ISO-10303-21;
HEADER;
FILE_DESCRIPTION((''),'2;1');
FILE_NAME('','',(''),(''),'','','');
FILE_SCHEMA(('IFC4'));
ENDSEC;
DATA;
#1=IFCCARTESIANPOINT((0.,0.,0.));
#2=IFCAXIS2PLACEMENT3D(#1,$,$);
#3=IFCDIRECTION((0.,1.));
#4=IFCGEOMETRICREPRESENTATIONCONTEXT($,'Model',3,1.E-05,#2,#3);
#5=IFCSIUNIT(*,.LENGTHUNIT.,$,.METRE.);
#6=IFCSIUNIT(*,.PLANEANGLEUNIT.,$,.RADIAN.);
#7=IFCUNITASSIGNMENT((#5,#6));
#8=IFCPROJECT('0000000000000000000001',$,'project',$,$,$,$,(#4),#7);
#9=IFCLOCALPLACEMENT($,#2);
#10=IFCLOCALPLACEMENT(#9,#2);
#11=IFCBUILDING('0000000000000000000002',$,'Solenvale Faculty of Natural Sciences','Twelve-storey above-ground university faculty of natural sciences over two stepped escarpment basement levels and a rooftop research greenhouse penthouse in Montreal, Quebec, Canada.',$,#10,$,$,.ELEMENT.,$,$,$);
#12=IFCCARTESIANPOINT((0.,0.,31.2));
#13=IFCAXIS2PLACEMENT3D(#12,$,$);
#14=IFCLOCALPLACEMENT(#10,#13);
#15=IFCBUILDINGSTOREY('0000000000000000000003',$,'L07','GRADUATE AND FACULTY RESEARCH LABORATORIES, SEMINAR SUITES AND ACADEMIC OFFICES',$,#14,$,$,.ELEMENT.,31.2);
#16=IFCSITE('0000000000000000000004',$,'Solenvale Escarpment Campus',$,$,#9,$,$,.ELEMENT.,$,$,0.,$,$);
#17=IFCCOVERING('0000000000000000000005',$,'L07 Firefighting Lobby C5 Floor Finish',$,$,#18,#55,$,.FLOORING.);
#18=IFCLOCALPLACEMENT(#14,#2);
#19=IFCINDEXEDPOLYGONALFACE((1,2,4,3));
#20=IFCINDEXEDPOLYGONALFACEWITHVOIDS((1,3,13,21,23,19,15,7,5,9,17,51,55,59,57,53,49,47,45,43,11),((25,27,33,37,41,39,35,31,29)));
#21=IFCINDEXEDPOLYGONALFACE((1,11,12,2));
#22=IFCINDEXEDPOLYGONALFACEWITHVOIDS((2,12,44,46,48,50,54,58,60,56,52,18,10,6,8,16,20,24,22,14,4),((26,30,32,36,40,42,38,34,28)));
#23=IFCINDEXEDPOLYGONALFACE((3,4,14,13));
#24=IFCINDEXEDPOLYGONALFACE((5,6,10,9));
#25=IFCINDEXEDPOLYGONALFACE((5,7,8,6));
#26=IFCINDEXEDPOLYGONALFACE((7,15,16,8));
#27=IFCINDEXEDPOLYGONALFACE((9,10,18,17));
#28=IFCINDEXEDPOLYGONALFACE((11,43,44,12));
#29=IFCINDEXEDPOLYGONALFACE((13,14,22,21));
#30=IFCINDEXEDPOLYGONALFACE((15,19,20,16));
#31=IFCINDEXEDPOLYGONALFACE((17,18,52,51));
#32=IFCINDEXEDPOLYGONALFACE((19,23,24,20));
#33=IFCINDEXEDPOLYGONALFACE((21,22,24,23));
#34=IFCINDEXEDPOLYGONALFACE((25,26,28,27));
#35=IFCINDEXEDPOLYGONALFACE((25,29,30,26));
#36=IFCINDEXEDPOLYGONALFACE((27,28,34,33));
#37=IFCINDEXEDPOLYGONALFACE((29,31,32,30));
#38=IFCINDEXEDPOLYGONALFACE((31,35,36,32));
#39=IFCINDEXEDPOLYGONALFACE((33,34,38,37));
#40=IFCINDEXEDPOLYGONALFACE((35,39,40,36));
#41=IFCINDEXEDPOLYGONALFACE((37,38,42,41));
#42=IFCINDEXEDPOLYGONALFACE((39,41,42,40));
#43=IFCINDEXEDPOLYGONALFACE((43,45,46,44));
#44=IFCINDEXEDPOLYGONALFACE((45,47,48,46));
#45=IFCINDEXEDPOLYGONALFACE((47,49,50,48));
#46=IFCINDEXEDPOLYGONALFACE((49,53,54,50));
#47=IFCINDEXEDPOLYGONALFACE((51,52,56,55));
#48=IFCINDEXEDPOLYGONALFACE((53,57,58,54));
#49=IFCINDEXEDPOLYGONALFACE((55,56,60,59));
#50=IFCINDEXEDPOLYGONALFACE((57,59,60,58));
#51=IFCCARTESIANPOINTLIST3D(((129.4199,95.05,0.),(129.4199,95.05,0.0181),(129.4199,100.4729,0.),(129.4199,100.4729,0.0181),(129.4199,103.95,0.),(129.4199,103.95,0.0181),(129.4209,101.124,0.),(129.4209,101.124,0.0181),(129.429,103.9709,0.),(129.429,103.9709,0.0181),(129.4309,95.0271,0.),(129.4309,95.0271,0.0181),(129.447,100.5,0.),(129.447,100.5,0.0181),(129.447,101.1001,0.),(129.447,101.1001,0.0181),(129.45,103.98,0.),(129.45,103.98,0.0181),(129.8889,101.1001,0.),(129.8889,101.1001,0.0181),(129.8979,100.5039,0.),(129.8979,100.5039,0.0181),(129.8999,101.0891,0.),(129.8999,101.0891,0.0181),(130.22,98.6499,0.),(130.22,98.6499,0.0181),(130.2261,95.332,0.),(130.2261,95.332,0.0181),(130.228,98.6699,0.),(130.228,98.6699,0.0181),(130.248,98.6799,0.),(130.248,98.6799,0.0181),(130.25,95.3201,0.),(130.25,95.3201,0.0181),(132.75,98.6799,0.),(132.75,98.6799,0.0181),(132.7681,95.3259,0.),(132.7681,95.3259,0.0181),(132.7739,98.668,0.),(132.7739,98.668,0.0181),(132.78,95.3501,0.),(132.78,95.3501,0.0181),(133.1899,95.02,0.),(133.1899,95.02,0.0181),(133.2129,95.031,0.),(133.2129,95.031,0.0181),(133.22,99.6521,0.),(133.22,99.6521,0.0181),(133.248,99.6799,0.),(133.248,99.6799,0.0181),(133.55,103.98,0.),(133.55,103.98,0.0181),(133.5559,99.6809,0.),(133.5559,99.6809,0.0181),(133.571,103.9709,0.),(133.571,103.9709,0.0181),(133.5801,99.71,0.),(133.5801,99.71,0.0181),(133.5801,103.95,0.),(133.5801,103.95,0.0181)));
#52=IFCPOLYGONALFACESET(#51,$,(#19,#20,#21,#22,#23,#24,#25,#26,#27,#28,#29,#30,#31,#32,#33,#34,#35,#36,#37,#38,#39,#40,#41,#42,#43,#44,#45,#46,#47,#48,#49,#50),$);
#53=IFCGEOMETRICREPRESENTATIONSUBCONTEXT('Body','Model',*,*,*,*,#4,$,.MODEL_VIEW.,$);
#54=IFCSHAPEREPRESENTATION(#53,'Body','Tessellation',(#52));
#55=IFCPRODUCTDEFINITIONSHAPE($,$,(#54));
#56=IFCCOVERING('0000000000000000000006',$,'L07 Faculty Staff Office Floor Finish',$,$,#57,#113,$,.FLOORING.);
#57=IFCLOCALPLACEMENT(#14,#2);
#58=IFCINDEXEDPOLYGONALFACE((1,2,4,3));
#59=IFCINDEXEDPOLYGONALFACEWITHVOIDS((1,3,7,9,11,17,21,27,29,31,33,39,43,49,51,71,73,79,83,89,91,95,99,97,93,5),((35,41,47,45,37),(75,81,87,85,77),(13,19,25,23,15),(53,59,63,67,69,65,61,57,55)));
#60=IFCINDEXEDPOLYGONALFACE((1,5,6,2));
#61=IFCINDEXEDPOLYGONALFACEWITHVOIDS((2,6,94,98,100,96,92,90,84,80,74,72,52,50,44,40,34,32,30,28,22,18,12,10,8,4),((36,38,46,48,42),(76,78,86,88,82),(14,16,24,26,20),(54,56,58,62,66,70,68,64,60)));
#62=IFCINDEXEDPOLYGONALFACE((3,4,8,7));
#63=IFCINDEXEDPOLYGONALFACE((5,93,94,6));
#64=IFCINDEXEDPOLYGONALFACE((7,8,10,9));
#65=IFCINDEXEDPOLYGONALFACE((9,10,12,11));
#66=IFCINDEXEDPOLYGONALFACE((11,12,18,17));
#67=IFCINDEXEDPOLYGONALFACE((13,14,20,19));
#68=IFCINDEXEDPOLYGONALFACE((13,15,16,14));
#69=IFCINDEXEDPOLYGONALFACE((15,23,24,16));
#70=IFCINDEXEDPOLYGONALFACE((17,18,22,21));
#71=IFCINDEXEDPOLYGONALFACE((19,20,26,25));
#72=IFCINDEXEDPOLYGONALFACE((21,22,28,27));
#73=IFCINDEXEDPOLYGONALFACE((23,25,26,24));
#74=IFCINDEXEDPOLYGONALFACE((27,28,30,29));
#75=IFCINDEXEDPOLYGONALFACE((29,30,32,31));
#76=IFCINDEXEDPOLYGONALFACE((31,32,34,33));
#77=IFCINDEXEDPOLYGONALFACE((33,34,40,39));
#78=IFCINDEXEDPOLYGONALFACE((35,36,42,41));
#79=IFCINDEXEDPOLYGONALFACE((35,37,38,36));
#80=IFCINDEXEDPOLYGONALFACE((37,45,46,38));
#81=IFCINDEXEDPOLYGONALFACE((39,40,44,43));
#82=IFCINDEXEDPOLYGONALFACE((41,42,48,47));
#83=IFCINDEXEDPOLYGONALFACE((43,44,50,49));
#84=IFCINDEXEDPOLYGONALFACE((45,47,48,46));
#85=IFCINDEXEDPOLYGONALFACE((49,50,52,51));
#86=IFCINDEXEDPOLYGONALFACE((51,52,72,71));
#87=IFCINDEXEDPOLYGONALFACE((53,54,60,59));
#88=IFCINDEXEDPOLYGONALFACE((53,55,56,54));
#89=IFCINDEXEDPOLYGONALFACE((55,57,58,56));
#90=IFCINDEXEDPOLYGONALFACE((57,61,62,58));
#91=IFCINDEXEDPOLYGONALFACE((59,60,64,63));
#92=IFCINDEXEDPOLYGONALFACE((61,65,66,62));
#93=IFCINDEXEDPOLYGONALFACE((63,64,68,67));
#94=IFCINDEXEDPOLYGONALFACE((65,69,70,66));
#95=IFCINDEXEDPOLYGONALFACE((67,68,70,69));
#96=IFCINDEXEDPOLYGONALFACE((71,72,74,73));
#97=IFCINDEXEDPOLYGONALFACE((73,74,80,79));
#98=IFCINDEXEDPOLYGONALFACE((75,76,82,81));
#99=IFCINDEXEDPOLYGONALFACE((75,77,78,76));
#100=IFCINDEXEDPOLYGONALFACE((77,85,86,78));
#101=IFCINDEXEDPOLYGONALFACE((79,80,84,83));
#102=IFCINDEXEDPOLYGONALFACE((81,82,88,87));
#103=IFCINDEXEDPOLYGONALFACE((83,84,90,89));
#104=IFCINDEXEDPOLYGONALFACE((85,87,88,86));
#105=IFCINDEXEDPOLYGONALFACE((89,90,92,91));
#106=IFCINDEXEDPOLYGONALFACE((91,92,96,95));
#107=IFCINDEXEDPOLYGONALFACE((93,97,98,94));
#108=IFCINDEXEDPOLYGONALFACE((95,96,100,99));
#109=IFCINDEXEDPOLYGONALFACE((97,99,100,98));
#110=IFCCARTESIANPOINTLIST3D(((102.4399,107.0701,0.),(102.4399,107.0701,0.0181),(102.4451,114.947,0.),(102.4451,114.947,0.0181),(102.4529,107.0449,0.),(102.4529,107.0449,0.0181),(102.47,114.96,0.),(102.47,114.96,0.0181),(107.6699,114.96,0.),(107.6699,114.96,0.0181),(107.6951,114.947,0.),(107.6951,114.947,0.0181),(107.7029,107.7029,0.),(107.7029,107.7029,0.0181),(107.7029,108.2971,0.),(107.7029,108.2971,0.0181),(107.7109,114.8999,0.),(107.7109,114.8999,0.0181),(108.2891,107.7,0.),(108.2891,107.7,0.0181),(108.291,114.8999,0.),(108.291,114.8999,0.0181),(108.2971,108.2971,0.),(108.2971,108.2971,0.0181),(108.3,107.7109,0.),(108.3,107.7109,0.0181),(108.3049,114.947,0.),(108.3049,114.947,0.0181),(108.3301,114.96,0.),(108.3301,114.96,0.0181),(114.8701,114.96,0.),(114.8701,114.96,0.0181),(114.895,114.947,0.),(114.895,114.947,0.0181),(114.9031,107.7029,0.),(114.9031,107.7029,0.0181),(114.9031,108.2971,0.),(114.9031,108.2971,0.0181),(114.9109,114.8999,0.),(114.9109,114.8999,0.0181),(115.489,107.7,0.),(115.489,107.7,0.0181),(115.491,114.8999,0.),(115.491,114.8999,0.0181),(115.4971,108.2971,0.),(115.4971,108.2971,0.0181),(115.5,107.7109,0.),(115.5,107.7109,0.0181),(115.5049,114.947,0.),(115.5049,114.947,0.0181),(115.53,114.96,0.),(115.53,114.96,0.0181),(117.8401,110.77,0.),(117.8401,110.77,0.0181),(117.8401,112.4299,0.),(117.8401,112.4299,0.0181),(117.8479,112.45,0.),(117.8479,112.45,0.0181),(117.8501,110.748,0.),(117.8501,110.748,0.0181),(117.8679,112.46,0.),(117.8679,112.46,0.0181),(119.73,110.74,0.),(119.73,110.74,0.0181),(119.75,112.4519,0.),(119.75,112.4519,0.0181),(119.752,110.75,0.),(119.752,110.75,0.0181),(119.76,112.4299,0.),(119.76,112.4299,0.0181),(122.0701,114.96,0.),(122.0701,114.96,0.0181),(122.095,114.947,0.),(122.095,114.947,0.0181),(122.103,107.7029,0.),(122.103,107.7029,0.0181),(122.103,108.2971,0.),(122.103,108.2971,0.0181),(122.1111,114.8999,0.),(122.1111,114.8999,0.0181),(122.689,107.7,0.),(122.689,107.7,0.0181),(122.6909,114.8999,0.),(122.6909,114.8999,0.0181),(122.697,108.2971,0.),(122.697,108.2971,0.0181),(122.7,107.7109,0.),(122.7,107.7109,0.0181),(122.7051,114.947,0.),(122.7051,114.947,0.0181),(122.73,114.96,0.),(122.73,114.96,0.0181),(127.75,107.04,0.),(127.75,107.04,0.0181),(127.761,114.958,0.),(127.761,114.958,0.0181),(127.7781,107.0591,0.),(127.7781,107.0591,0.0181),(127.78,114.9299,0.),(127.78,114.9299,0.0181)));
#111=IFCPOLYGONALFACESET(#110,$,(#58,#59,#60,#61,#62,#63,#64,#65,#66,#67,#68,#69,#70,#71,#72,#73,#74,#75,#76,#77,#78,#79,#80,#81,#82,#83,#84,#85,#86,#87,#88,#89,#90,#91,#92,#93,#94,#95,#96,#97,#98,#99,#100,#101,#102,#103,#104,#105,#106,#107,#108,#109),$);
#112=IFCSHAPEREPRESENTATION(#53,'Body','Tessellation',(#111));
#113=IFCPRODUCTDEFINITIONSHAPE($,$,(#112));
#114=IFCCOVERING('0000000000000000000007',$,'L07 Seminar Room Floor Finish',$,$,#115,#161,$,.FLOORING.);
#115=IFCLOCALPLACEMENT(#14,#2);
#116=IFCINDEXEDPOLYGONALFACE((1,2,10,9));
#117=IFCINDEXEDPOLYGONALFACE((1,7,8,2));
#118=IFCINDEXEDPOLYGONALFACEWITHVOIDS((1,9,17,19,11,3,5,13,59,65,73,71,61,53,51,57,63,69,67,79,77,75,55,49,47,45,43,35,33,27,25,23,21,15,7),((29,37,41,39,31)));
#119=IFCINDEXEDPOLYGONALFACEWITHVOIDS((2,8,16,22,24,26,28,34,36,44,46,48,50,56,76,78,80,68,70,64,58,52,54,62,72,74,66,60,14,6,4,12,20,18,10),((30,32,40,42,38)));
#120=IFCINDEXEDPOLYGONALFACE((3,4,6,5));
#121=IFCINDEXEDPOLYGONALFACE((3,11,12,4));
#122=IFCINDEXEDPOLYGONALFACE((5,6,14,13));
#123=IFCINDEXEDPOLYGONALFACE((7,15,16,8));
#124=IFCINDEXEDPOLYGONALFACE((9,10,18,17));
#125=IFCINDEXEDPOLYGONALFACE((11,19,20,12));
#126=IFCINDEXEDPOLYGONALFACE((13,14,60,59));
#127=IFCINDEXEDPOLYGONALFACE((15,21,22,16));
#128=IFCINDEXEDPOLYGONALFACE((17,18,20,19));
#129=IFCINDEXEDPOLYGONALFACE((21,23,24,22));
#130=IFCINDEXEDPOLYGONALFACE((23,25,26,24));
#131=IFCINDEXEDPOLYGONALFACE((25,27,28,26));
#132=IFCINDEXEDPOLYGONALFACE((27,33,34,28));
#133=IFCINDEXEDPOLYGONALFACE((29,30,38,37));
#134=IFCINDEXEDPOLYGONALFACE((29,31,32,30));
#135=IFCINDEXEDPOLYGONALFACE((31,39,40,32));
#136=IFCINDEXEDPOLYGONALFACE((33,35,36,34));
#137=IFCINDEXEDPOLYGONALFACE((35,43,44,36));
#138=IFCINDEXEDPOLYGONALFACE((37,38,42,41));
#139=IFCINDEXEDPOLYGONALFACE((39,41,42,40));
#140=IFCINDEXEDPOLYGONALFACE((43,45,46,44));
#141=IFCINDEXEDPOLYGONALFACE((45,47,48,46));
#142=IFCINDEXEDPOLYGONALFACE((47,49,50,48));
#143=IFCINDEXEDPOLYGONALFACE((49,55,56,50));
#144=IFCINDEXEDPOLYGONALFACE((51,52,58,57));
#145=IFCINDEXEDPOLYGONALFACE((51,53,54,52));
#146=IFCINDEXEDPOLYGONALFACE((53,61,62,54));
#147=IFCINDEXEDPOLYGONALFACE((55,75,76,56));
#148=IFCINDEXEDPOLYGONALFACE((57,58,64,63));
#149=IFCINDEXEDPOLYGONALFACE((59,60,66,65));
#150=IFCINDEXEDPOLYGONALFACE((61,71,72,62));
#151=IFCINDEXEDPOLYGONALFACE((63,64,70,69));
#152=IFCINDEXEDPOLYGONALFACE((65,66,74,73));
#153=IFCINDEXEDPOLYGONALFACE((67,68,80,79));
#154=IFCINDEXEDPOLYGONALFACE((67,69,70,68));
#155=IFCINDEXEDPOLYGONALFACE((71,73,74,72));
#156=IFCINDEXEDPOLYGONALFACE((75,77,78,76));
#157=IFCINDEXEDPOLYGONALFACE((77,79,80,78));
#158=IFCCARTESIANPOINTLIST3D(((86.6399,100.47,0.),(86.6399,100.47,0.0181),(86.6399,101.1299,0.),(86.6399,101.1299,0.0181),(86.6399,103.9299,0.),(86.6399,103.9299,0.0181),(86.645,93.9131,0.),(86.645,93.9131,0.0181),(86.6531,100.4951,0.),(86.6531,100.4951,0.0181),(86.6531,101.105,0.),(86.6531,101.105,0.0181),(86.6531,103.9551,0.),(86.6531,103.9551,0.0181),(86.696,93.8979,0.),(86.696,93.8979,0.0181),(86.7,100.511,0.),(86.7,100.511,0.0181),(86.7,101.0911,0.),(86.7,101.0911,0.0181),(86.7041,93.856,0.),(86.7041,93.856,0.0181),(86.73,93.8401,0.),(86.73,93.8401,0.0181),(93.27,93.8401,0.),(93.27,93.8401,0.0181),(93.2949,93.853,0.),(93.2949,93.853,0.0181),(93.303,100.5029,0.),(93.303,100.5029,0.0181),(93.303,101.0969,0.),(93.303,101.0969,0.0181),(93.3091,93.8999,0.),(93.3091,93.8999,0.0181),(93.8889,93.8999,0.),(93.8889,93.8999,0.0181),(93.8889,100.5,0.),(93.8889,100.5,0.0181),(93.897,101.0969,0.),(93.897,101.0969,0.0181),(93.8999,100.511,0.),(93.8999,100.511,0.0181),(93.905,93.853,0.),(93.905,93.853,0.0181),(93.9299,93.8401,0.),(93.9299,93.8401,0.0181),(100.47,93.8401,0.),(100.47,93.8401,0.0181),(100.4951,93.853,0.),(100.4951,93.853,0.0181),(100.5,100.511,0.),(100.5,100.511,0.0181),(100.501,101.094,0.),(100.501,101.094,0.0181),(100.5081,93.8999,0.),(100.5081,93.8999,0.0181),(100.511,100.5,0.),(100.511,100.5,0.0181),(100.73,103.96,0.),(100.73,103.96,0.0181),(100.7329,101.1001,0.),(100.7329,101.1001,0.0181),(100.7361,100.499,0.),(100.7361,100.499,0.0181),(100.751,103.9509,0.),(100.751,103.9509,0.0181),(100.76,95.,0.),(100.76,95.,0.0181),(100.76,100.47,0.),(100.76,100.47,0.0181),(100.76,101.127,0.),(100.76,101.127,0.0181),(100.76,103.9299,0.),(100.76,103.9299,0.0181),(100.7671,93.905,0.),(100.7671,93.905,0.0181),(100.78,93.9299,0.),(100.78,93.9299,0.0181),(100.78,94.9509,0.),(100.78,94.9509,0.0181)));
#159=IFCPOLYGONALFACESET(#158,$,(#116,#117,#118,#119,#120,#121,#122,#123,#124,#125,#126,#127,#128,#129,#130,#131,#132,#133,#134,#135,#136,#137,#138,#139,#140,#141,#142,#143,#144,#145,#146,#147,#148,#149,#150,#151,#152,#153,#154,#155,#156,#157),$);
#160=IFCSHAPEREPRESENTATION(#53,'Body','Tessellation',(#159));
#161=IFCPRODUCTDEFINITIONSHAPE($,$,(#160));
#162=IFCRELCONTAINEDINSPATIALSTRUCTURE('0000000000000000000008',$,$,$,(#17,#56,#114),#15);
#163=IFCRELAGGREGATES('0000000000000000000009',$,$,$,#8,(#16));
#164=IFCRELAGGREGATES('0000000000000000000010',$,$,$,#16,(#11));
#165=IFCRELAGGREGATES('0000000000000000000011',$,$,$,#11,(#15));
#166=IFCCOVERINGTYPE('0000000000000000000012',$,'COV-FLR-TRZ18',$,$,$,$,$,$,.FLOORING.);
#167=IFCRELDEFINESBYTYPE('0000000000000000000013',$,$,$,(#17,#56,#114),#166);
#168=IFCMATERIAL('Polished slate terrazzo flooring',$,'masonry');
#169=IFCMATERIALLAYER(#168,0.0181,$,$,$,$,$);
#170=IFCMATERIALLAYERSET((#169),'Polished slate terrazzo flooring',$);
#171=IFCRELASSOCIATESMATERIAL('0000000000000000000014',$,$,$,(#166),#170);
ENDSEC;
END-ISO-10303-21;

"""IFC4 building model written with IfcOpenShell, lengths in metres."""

from ifc_helpers import new_model, si_unit, direction, frame, origin, place, context, subcontext, project, spatial, polyline, outline, extrude, material, layer, layer_set, type_object, element, save


model = new_model("IFC4")

# Units and contexts
model_context = context("Model", 3, precision=1e-05, world=origin(), true_north=direction((0.0, 1.0)))
body_context = subcontext(model_context, "Body", "Model", "MODEL_VIEW")
ifc_project = project(units=[si_unit("LENGTHUNIT", "METRE"), si_unit("PLANEANGLEUNIT", "RADIAN")], contexts=[model_context])

# Site, building, storey
site_placement = place(None, origin())
site = spatial("IfcSite", under=ifc_project, at=site_placement, Name="Solenvale Escarpment Campus", CompositionType="ELEMENT", RefElevation=0.0)
building_placement = place(site_placement, origin())
building = spatial("IfcBuilding", under=site, at=building_placement, Name="Solenvale Faculty of Natural Sciences", Description="Twelve-storey above-ground university faculty of natural sciences over two stepped escarpment basement levels and a rooftop research greenhouse penthouse in Montreal, Quebec, Canada.", CompositionType="ELEMENT")
storey_placement = place(building_placement, frame((0.0, 0.0, 31.2)))
storey = spatial("IfcBuildingStorey", under=building, at=storey_placement, Name="L07", Description="GRADUATE AND FACULTY RESEARCH LABORATORIES, SEMINAR SUITES AND ACADEMIC OFFICES", CompositionType="ELEMENT", Elevation=31.2)

# Coverings
ifc_material_1 = material(Name="Polished slate terrazzo flooring", Category="masonry")
ifc_layer_1 = layer(ifc_material_1, 0.0181)
ifc_layer_set_1 = layer_set([ifc_layer_1], Name="Polished slate terrazzo flooring")
covering_type_1 = type_object("IfcCoveringType", Name="COV-FLR-TRZ18", PredefinedType="FLOORING", material=ifc_layer_set_1)
covering_1_placement = place(storey_placement, origin())
element("IfcCovering", 1, at=covering_1_placement, inside=storey, type_object=covering_type_1, Name="L07 Firefighting Lobby C5 Floor Finish", PredefinedType="FLOORING", context=body_context, shape_type="SweptSolid", body=[
    extrude(outline(polyline([(133.5801, 99.71), (133.5559, 99.6809), (133.248, 99.6799), (133.22, 99.6521), (133.2129, 95.031), (133.1899, 95.02), (129.4309, 95.0271), (129.4199, 95.05), (129.4199, 100.4729), (129.447, 100.5), (129.8979, 100.5039), (129.8999, 101.0891), (129.8889, 101.1001), (129.447, 101.1001), (129.4209, 101.124), (129.4199, 103.95), (129.429, 103.9709), (129.45, 103.98), (133.55, 103.98), (133.571, 103.9709), (133.5801, 103.95), (133.5801, 99.71)]), holes=[polyline([(130.248, 98.6799), (130.228, 98.6699), (130.22, 98.6499), (130.2261, 95.332), (130.25, 95.3201), (132.7681, 95.3259), (132.78, 95.3501), (132.7739, 98.668), (132.75, 98.6799), (130.248, 98.6799)])]), origin(), (0.0, 0.0, 1.0), 0.0181),
])
covering_2_placement = place(storey_placement, origin())
element("IfcCovering", 2, at=covering_2_placement, inside=storey, type_object=covering_type_1, Name="L07 Faculty Staff Office Floor Finish", PredefinedType="FLOORING", context=body_context, shape_type="SweptSolid", body=[
    extrude(outline(polyline([(107.6699, 114.96), (107.6951, 114.947), (107.7109, 114.8999), (108.291, 114.8999), (108.3049, 114.947), (108.3301, 114.96), (114.8701, 114.96), (114.895, 114.947), (114.9109, 114.8999), (115.491, 114.8999), (115.5049, 114.947), (115.53, 114.96), (122.0701, 114.96), (122.095, 114.947), (122.1111, 114.8999), (122.6909, 114.8999), (122.7051, 114.947), (122.73, 114.96), (127.761, 114.958), (127.78, 114.9299), (127.7781, 107.0591), (127.75, 107.04), (102.4529, 107.0449), (102.4399, 107.0701), (102.4451, 114.947), (102.47, 114.96), (107.6699, 114.96)]), holes=[polyline([(122.689, 107.7), (122.7, 107.7109), (122.697, 108.2971), (122.103, 108.2971), (122.103, 107.7029), (122.689, 107.7)]), polyline([(117.8679, 112.46), (117.8479, 112.45), (117.8401, 112.4299), (117.8401, 110.77), (117.8501, 110.748), (119.73, 110.74), (119.752, 110.75), (119.76, 112.4299), (119.75, 112.4519), (117.8679, 112.46)]), polyline([(115.489, 107.7), (115.5, 107.7109), (115.4971, 108.2971), (114.9031, 108.2971), (114.9031, 107.7029), (115.489, 107.7)]), polyline([(108.2891, 107.7), (108.3, 107.7109), (108.2971, 108.2971), (107.7029, 108.2971), (107.7029, 107.7029), (108.2891, 107.7)])]), origin(), (0.0, 0.0, 1.0), 0.0181),
])
covering_3_placement = place(storey_placement, origin())
element("IfcCovering", 3, at=covering_3_placement, inside=storey, type_object=covering_type_1, Name="L07 Seminar Room Floor Finish", PredefinedType="FLOORING", context=body_context, shape_type="SweptSolid", body=[
    extrude(outline(polyline([(100.73, 103.96), (100.751, 103.9509), (100.76, 103.9299), (100.76, 101.127), (100.7329, 101.1001), (100.501, 101.094), (100.5, 100.511), (100.511, 100.5), (100.7361, 100.499), (100.76, 100.47), (100.76, 95.0), (100.78, 94.9509), (100.78, 93.9299), (100.7671, 93.905), (100.5081, 93.8999), (100.4951, 93.853), (100.47, 93.8401), (93.9299, 93.8401), (93.905, 93.853), (93.8889, 93.8999), (93.3091, 93.8999), (93.2949, 93.853), (93.27, 93.8401), (86.73, 93.8401), (86.7041, 93.856), (86.696, 93.8979), (86.645, 93.9131), (86.6399, 100.47), (86.6531, 100.4951), (86.7, 100.511), (86.7, 101.0911), (86.6531, 101.105), (86.6399, 101.1299), (86.6399, 103.9299), (86.6531, 103.9551), (100.73, 103.96)]), holes=[polyline([(93.8889, 100.5), (93.8999, 100.511), (93.897, 101.0969), (93.303, 101.0969), (93.303, 100.5029), (93.8889, 100.5)])]), origin(), (0.0, 0.0, 1.0), 0.0181),
])

save(model, "model.ifc")
